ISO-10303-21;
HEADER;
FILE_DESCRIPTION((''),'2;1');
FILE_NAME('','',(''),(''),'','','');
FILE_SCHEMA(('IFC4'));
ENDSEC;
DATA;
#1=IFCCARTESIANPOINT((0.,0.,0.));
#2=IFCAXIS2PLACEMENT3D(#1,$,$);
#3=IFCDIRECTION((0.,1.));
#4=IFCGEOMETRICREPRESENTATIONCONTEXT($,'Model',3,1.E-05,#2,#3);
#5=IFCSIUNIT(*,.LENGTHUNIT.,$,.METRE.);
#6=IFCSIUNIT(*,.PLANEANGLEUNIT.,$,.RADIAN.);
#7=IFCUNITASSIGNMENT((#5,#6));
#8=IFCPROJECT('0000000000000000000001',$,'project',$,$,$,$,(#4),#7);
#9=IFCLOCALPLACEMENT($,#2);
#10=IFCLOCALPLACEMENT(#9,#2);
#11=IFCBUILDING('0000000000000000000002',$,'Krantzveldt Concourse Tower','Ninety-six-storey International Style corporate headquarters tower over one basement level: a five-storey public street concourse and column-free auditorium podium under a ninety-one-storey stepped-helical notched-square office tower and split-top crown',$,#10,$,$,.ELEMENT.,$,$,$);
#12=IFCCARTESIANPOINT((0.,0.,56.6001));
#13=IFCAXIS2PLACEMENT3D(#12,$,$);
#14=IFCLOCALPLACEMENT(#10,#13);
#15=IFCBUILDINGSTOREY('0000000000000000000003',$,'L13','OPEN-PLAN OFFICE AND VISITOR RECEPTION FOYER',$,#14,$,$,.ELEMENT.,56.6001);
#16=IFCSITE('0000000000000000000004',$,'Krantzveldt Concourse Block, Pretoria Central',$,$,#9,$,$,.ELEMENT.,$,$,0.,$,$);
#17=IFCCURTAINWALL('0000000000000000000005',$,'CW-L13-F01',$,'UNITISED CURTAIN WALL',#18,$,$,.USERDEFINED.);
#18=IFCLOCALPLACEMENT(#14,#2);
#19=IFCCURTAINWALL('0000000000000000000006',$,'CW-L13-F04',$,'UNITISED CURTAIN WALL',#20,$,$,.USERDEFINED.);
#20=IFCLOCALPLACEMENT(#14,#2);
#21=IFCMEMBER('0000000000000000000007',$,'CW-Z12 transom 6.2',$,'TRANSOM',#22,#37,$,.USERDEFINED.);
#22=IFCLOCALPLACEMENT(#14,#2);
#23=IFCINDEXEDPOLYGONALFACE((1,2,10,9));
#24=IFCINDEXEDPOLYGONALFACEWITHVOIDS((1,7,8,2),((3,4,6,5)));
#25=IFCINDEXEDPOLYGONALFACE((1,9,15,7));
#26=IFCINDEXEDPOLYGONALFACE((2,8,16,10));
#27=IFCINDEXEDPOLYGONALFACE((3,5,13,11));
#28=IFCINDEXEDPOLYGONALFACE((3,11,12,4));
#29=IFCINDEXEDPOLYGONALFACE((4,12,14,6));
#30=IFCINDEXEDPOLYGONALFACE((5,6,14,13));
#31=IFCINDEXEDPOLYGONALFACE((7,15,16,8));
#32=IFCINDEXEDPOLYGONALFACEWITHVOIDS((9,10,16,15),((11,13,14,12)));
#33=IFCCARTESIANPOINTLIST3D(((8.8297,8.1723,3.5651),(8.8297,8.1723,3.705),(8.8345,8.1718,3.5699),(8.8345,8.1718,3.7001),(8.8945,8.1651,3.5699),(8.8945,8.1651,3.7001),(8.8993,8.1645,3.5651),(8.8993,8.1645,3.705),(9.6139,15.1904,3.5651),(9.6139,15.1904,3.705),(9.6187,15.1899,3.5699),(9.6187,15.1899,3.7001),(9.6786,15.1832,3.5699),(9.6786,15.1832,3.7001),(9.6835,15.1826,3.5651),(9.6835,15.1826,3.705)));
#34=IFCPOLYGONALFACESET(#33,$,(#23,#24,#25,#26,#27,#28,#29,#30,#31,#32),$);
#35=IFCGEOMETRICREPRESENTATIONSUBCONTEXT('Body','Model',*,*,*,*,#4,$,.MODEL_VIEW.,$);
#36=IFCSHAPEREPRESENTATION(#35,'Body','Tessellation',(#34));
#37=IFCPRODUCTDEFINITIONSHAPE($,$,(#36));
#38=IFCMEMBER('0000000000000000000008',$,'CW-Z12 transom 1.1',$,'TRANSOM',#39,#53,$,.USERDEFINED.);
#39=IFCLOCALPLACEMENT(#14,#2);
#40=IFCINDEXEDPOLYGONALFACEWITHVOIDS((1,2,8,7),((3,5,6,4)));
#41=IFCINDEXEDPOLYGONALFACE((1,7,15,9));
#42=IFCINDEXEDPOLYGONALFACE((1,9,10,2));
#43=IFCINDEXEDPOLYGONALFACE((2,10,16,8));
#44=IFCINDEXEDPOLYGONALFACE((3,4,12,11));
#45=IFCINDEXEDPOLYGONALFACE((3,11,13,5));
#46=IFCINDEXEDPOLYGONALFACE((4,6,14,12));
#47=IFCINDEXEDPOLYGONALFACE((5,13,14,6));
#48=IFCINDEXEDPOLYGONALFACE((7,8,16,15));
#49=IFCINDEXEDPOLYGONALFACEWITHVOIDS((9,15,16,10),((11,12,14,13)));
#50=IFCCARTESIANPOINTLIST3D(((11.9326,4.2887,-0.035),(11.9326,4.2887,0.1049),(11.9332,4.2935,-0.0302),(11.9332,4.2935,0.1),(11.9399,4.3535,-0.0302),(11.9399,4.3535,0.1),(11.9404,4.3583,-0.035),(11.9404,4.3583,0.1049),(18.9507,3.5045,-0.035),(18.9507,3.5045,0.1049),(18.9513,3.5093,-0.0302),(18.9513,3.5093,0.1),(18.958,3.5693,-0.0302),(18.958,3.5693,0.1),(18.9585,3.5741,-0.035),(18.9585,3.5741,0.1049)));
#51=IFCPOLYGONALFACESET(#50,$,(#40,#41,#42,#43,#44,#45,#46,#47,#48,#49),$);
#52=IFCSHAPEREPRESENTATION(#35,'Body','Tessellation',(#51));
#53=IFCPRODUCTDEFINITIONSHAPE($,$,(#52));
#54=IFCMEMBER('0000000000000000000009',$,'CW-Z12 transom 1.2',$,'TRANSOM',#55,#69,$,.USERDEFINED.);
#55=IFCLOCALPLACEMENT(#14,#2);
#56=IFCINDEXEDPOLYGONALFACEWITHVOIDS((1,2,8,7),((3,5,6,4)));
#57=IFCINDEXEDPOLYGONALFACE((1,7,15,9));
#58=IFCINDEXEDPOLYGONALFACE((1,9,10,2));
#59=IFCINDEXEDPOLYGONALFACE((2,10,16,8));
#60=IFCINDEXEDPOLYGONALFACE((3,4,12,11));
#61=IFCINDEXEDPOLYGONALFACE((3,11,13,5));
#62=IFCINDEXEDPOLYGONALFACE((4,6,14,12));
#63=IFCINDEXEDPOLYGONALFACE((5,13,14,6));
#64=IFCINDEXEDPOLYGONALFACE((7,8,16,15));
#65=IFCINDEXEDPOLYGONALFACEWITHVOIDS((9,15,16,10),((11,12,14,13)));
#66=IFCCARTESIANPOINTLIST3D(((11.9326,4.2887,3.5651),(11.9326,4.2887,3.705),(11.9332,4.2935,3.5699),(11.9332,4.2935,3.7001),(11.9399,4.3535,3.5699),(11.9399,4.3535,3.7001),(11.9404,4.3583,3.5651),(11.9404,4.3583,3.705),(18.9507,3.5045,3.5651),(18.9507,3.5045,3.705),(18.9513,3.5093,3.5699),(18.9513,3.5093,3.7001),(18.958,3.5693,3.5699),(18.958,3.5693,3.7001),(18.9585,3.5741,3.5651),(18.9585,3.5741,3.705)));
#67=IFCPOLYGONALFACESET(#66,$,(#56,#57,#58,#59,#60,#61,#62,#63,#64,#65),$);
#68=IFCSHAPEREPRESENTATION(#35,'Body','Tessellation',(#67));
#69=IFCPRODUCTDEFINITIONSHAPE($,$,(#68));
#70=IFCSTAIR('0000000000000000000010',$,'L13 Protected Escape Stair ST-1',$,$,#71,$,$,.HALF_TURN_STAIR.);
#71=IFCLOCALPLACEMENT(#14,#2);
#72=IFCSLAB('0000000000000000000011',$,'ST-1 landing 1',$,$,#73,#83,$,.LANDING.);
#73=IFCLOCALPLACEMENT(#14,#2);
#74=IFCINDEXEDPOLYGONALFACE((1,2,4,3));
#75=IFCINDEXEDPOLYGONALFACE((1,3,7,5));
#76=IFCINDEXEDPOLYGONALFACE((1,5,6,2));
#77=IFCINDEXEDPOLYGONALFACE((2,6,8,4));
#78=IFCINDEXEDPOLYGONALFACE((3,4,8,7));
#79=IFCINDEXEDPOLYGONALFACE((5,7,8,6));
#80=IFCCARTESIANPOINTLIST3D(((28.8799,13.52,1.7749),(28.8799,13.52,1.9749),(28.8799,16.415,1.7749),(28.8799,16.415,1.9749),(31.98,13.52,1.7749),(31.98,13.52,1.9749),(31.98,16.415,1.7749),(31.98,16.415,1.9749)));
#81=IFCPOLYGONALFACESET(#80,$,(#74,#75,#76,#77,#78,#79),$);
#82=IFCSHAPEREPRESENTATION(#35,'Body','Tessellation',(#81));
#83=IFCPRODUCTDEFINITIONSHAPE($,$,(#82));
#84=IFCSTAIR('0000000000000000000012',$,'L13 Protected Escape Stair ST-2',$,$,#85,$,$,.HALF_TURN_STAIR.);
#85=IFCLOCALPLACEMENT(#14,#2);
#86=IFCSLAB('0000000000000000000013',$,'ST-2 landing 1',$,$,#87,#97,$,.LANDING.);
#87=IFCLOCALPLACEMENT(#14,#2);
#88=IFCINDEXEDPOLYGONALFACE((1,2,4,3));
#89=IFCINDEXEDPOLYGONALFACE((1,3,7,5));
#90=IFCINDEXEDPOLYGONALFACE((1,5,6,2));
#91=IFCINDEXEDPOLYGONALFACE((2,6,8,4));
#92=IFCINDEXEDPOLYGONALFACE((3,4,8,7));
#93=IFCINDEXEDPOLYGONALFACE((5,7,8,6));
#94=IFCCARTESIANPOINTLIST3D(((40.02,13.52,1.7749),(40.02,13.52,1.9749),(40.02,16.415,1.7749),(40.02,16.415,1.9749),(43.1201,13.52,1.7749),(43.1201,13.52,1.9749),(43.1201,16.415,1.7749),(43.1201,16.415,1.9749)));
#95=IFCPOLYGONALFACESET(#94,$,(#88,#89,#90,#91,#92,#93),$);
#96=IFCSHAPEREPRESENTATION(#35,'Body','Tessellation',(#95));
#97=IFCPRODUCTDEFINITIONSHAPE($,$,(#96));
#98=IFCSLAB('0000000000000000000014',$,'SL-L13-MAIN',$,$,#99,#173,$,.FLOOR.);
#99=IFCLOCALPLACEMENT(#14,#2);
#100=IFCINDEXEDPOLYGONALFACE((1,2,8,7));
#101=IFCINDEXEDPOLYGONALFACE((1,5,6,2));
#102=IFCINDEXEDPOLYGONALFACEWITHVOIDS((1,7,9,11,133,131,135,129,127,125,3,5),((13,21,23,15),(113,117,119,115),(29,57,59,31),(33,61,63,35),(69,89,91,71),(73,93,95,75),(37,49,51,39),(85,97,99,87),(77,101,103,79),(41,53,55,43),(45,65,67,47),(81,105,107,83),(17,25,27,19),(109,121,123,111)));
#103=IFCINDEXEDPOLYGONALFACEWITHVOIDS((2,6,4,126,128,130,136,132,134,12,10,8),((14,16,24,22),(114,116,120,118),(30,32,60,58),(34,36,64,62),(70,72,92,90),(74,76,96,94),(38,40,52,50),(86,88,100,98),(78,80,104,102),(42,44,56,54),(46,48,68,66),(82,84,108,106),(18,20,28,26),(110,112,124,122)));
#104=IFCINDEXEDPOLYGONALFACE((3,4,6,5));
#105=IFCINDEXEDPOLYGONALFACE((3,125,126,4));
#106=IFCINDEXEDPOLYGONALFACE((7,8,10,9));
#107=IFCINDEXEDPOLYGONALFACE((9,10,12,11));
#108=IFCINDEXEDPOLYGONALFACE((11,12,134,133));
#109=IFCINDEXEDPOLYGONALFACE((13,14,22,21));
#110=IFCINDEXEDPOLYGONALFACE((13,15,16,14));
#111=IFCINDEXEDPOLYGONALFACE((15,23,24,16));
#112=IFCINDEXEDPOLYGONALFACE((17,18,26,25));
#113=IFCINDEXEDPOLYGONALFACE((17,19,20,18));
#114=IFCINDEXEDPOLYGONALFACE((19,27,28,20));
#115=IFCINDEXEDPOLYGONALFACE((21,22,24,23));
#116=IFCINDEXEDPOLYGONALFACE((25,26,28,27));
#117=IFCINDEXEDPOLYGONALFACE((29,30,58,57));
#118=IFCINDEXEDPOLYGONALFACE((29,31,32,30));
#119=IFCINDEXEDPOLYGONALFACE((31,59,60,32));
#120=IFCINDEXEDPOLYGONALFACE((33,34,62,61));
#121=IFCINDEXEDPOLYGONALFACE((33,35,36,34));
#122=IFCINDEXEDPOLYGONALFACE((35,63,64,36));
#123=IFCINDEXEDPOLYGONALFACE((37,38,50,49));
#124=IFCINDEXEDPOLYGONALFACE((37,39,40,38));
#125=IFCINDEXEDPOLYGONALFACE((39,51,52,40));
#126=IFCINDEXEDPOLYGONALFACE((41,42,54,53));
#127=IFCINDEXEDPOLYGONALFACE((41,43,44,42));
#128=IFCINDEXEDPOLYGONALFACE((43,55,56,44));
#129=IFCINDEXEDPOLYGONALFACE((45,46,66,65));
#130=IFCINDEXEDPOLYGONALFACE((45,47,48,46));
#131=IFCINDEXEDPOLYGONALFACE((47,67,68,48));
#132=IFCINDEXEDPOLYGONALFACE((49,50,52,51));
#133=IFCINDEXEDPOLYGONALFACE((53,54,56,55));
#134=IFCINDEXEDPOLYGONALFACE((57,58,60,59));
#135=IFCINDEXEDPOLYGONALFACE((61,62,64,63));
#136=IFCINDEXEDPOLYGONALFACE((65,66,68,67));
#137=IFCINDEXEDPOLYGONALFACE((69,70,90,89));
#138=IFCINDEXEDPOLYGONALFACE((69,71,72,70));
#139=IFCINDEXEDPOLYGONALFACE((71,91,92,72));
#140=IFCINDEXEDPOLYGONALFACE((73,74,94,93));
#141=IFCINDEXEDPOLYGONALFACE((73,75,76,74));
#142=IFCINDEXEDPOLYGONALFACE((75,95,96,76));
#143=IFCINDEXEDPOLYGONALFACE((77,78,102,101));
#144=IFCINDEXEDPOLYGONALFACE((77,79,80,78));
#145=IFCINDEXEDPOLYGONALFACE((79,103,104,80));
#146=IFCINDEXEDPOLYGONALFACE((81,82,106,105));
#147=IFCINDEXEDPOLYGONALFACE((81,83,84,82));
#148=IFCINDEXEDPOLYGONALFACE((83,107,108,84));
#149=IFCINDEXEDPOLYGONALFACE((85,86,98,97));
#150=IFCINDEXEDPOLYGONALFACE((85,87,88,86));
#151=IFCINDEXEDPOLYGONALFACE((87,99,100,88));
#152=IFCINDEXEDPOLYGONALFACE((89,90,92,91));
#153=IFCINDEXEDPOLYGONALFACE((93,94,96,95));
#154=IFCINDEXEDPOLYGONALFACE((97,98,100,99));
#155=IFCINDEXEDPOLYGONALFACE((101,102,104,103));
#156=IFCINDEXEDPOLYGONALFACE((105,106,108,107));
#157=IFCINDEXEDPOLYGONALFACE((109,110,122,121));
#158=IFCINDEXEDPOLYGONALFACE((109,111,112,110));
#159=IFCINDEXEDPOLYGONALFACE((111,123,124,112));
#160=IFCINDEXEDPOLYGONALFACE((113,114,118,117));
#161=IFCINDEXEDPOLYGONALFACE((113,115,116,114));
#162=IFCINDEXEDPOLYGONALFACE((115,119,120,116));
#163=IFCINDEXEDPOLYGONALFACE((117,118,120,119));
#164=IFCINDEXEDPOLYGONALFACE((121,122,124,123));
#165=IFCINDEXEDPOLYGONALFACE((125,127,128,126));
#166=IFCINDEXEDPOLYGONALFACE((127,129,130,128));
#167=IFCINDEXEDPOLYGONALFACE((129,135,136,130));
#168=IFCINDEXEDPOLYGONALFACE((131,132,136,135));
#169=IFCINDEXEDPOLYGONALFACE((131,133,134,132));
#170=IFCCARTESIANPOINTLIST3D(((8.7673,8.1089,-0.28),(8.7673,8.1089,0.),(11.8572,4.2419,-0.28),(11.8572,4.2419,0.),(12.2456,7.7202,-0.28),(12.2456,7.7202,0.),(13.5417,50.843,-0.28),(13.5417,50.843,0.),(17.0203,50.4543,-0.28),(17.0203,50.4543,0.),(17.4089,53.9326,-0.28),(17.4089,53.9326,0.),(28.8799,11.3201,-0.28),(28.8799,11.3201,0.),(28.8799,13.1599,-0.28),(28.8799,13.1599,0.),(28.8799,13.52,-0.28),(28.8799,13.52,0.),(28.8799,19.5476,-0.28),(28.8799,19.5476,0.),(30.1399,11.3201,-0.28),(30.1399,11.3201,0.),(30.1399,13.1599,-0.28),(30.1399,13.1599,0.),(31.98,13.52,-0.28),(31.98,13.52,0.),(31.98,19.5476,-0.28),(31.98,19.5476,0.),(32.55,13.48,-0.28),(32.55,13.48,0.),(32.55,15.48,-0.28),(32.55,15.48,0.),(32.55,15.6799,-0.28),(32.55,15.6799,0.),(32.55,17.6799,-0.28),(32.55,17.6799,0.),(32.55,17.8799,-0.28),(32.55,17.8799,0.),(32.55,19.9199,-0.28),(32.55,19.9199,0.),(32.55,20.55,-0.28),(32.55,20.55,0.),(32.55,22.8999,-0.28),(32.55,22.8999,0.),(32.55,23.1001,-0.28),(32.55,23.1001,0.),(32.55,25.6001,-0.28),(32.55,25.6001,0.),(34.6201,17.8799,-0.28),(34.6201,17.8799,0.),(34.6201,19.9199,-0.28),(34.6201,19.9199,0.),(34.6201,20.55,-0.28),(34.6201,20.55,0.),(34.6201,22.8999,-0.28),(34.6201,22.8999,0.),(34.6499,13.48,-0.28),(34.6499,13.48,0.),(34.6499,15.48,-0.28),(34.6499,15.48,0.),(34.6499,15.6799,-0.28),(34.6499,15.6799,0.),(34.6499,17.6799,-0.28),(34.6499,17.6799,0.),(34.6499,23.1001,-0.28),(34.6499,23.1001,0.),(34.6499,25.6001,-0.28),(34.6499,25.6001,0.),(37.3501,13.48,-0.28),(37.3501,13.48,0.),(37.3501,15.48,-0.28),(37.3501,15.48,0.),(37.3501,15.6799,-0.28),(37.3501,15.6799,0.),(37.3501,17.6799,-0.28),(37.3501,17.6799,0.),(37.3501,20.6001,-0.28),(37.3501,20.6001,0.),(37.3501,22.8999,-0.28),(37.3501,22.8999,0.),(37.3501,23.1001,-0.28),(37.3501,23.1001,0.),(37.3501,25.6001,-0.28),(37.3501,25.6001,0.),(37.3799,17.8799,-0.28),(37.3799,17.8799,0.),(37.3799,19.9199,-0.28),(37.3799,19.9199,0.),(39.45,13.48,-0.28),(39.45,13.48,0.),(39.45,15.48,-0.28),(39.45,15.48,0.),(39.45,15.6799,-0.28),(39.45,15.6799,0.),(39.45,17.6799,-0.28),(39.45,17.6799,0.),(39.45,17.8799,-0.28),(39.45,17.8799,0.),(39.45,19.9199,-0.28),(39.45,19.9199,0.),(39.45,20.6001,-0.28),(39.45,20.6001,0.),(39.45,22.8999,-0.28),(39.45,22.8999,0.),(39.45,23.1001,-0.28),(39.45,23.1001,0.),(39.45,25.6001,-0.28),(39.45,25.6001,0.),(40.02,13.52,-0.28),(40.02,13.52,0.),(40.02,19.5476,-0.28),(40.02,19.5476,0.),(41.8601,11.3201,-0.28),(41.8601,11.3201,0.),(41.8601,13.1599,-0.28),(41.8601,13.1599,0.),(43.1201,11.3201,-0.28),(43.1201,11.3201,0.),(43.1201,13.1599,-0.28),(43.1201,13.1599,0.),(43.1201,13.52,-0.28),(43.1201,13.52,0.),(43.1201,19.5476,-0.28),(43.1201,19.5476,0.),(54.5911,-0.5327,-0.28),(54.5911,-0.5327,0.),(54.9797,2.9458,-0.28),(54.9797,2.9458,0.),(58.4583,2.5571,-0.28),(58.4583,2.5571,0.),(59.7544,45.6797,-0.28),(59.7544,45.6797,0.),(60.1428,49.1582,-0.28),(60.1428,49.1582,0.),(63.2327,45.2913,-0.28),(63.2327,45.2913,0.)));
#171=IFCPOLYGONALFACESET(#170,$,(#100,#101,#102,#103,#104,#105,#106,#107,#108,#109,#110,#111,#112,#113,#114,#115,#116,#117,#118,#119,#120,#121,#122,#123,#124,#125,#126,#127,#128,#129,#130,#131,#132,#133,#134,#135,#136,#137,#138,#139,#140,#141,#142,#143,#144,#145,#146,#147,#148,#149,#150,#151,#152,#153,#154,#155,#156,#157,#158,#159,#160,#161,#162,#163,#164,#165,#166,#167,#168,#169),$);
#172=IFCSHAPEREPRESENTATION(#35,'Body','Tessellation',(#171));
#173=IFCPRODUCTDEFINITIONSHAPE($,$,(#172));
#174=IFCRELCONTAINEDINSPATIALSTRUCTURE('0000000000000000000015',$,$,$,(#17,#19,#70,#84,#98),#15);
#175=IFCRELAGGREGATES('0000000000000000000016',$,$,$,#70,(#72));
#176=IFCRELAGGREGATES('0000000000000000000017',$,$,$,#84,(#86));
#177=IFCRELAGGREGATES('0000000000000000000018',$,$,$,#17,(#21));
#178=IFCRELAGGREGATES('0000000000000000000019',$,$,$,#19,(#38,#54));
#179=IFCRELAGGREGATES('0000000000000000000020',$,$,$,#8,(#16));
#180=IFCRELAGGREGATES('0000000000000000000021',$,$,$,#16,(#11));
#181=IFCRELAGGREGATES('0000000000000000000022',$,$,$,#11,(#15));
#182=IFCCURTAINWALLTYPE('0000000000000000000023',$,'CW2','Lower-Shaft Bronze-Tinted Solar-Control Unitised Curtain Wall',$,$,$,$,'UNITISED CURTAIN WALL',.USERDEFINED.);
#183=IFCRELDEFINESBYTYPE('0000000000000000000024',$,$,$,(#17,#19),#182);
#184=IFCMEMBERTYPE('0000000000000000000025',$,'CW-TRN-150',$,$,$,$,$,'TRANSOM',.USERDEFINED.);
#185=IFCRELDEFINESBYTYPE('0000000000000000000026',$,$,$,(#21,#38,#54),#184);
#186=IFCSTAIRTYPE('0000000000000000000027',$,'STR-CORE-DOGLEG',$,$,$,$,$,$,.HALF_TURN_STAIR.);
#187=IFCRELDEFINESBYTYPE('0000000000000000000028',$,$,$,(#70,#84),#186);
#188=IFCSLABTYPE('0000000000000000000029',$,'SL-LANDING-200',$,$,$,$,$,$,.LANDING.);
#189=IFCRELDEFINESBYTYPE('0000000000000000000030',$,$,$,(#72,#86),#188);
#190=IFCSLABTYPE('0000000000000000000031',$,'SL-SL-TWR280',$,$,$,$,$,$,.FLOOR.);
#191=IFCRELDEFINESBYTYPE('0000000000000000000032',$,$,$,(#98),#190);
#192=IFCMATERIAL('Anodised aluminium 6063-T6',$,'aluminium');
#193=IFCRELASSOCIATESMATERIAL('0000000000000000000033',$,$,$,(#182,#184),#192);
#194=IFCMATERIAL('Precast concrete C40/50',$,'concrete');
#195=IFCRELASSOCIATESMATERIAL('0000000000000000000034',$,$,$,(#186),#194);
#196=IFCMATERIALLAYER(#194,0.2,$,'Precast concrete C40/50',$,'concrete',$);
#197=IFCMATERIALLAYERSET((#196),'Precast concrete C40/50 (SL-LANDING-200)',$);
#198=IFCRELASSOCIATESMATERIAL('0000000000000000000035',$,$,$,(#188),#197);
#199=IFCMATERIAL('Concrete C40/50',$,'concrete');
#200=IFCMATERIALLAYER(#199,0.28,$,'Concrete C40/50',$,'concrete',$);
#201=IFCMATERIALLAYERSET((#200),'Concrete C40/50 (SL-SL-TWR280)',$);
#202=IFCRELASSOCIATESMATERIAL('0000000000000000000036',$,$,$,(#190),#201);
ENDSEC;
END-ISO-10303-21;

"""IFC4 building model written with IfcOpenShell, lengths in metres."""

from ifc_helpers import new_model, si_unit, direction, frame, origin, origin_2d, place, context, subcontext, project, spatial, polyline, hollow_rectangle, outline, extrude, source, transform, mapped, material, layer, layer_set, material_profile, profile_set, type_object, element, aggregate, save


model = new_model("IFC4")

# Units and contexts
model_context = context("Model", 3, precision=1e-05, world=origin(), true_north=direction((0.0, 1.0)))
body_context = subcontext(model_context, "Body", "Model", "MODEL_VIEW")
ifc_project = project(units=[si_unit("LENGTHUNIT", "METRE"), si_unit("PLANEANGLEUNIT", "RADIAN")], contexts=[model_context])

# Site, building, storey
site_placement = place(None, origin())
site = spatial("IfcSite", under=ifc_project, at=site_placement, Name="Krantzveldt Concourse Block, Pretoria Central", CompositionType="ELEMENT", RefElevation=0.0)
building_placement = place(site_placement, origin())
building = spatial("IfcBuilding", under=site, at=building_placement, Name="Krantzveldt Concourse Tower", Description="Ninety-six-storey International Style corporate headquarters tower over one basement level: a five-storey public street concourse and column-free auditorium podium under a ninety-one-storey stepped-helical notched-square office tower and split-top crown", CompositionType="ELEMENT")
storey_placement = place(building_placement, frame((0.0, 0.0, 56.6001)))
storey = spatial("IfcBuildingStorey", under=building, at=storey_placement, Name="L13", Description="OPEN-PLAN OFFICE AND VISITOR RECEPTION FOYER", CompositionType="ELEMENT", Elevation=56.6001)

# Curtain walls
ifc_material_1 = material(Name="Anodised aluminium 6063-T6", Category="aluminium")
curtain_wall_type = type_object("IfcCurtainWallType", Name="CW2", Description="Lower-Shaft Bronze-Tinted Solar-Control Unitised Curtain Wall", ElementType="UNITISED CURTAIN WALL", PredefinedType="USERDEFINED", material=ifc_material_1)
curtain_wall_1_placement = place(storey_placement, origin())
curtain_wall_1 = element("IfcCurtainWall", 1, at=curtain_wall_1_placement, inside=storey, type_object=curtain_wall_type, Name="CW-L13-F01", ObjectType="UNITISED CURTAIN WALL", PredefinedType="USERDEFINED")
curtain_wall_2_placement = place(storey_placement, origin())
curtain_wall_2 = element("IfcCurtainWall", 2, at=curtain_wall_2_placement, inside=storey, type_object=curtain_wall_type, Name="CW-L13-F04", ObjectType="UNITISED CURTAIN WALL", PredefinedType="USERDEFINED")
ifc_material_profile_1 = material_profile(ifc_material_1, hollow_rectangle(XDim=0.0701, YDim=0.1399, WallThickness=0.0049, at=origin_2d()), Name="Anodised aluminium 6063-T6", Category="aluminium")
ifc_profile_set_1 = profile_set([ifc_material_profile_1], Name="Anodised aluminium 6063-T6 - ALU-TRAN 140x70x5")
member_type_1 = type_object("IfcMemberType", Name="CW-TRN-150", ElementType="TRANSOM", PredefinedType="USERDEFINED", material=ifc_profile_set_1)

# Members
shared_shape_1 = source(origin(), body_context, "Body", "SweptSolid", [
    extrude(hollow_rectangle(XDim=0.0701, YDim=0.1399, WallThickness=0.0049, at=origin_2d()), origin(), (0.0, 0.0, 1.0), 7.0618),
])
member_1_placement = place(storey_placement, frame((9.6487, 15.1865, 3.635), z_axis=(-0.111046, -0.993815, 0.0), x_axis=(0.993815, -0.111046, 0.0)))
member_1 = element("IfcMember", 3, at=member_1_placement, type_object=member_type_1, Name="CW-Z12 transom 6.2", ObjectType="TRANSOM", PredefinedType="USERDEFINED", context=body_context, shape_type="MappedRepresentation", body=[
    mapped(shared_shape_1, transform((0.0, 0.0, 0.0), x_axis=(1.0, 0.0, 0.0), y_axis=(0.0, 1.0, 0.0), z_axis=(0.0, 0.0, 1.0), scale=1.0)),
])
member_2_placement = place(storey_placement, frame((11.9365, 4.3235, 0.0349), z_axis=(0.993815, -0.111046, 0.0), x_axis=(0.111046, 0.993815, 0.0)))
member_2 = element("IfcMember", 4, at=member_2_placement, type_object=member_type_1, Name="CW-Z12 transom 1.1", ObjectType="TRANSOM", PredefinedType="USERDEFINED", context=body_context, shape_type="MappedRepresentation", body=[
    mapped(shared_shape_1, transform((0.0, 0.0, 0.0), x_axis=(1.0, 0.0, 0.0), y_axis=(0.0, 1.0, 0.0), z_axis=(0.0, 0.0, 1.0), scale=1.0)),
])
member_3_placement = place(storey_placement, frame((11.9365, 4.3235, 3.635), z_axis=(0.993815, -0.111046, 0.0), x_axis=(0.111046, 0.993815, 0.0)))
member_3 = element("IfcMember", 5, at=member_3_placement, type_object=member_type_1, Name="CW-Z12 transom 1.2", ObjectType="TRANSOM", PredefinedType="USERDEFINED", context=body_context, shape_type="MappedRepresentation", body=[
    mapped(shared_shape_1, transform((0.0, 0.0, 0.0), x_axis=(1.0, 0.0, 0.0), y_axis=(0.0, 1.0, 0.0), z_axis=(0.0, 0.0, 1.0), scale=1.0)),
])

# Stairs, slabs
ifc_material_2 = material(Name="Precast concrete C40/50", Category="concrete")
stair_type = type_object("IfcStairType", Name="STR-CORE-DOGLEG", PredefinedType="HALF_TURN_STAIR", material=ifc_material_2)
stair_1_placement = place(storey_placement, origin())
stair_1 = element("IfcStair", 6, at=stair_1_placement, inside=storey, type_object=stair_type, Name="L13 Protected Escape Stair ST-1", PredefinedType="HALF_TURN_STAIR")
ifc_layer_1 = layer(ifc_material_2, 0.2, Name="Precast concrete C40/50", Category="concrete")
ifc_layer_set_1 = layer_set([ifc_layer_1], Name="Precast concrete C40/50 (SL-LANDING-200)")
slab_type_1 = type_object("IfcSlabType", Name="SL-LANDING-200", PredefinedType="LANDING", material=ifc_layer_set_1)
slab_1_placement = place(storey_placement, frame((0.0, 0.0, 1.7749)))
slab_1 = element("IfcSlab", 7, at=slab_1_placement, type_object=slab_type_1, Name="ST-1 landing 1", PredefinedType="LANDING", context=body_context, shape_type="SweptSolid", body=[
    extrude(outline(polyline([(28.8799, 16.415), (28.8799, 13.52), (31.98, 13.52), (31.98, 16.415), (28.8799, 16.415)])), origin(), (0.0, 0.0, 1.0), 0.2),
])
aggregate(stair_1, [slab_1])
stair_2_placement = place(storey_placement, origin())
stair_2 = element("IfcStair", 8, at=stair_2_placement, inside=storey, type_object=stair_type, Name="L13 Protected Escape Stair ST-2", PredefinedType="HALF_TURN_STAIR")
slab_2_placement = place(storey_placement, frame((0.0, 0.0, 1.7749)))
slab_2 = element("IfcSlab", 9, at=slab_2_placement, type_object=slab_type_1, Name="ST-2 landing 1", PredefinedType="LANDING", context=body_context, shape_type="SweptSolid", body=[
    extrude(outline(polyline([(40.02, 16.415), (40.02, 13.52), (43.1201, 13.52), (43.1201, 16.415), (40.02, 16.415)])), origin(), (0.0, 0.0, 1.0), 0.2),
])
aggregate(stair_2, [slab_2])

# Slab
ifc_material_3 = material(Name="Concrete C40/50", Category="concrete")
ifc_layer_2 = layer(ifc_material_3, 0.28, Name="Concrete C40/50", Category="concrete")
ifc_layer_set_2 = layer_set([ifc_layer_2], Name="Concrete C40/50 (SL-SL-TWR280)")
slab_type_2 = type_object("IfcSlabType", Name="SL-SL-TWR280", PredefinedType="FLOOR", material=ifc_layer_set_2)
slab_3_placement = place(storey_placement, frame((0.0, 0.0, -0.28)))
element("IfcSlab", 10, at=slab_3_placement, inside=storey, type_object=slab_type_2, Name="SL-L13-MAIN", PredefinedType="FLOOR", context=body_context, shape_type="SweptSolid", body=[
    extrude(outline(polyline([(17.0203, 50.4543), (13.5417, 50.843), (8.7673, 8.1089), (12.2456, 7.7202), (11.8572, 4.2419), (54.5911, -0.5327), (54.9797, 2.9458), (58.4583, 2.5571), (63.2327, 45.2913), (59.7544, 45.6797), (60.1428, 49.1582), (17.4089, 53.9326), (17.0203, 50.4543)]), holes=[polyline([(28.8799, 19.5476), (28.8799, 13.52), (31.98, 13.52), (31.98, 19.5476), (28.8799, 19.5476)]), polyline([(40.02, 19.5476), (40.02, 13.52), (43.1201, 13.52), (43.1201, 19.5476), (40.02, 19.5476)]), polyline([(32.55, 23.1001), (34.6499, 23.1001), (34.6499, 25.6001), (32.55, 25.6001), (32.55, 23.1001)]), polyline([(37.3501, 23.1001), (39.45, 23.1001), (39.45, 25.6001), (37.3501, 25.6001), (37.3501, 23.1001)]), polyline([(37.3501, 20.6001), (39.45, 20.6001), (39.45, 22.8999), (37.3501, 22.8999), (37.3501, 20.6001)]), polyline([(32.55, 13.48), (34.6499, 13.48), (34.6499, 15.48), (32.55, 15.48), (32.55, 13.48)]), polyline([(32.55, 15.6799), (34.6499, 15.6799), (34.6499, 17.6799), (32.55, 17.6799), (32.55, 15.6799)]), polyline([(37.3501, 13.48), (39.45, 13.48), (39.45, 15.48), (37.3501, 15.48), (37.3501, 13.48)]), polyline([(37.3501, 15.6799), (39.45, 15.6799), (39.45, 17.6799), (37.3501, 17.6799), (37.3501, 15.6799)]), polyline([(32.55, 20.55), (34.6201, 20.55), (34.6201, 22.8999), (32.55, 22.8999), (32.55, 20.55)]), polyline([(32.55, 17.8799), (34.6201, 17.8799), (34.6201, 19.9199), (32.55, 19.9199), (32.55, 17.8799)]), polyline([(37.3799, 17.8799), (39.45, 17.8799), (39.45, 19.9199), (37.3799, 19.9199), (37.3799, 17.8799)]), polyline([(28.8799, 11.3201), (30.1399, 11.3201), (30.1399, 13.1599), (28.8799, 13.1599), (28.8799, 11.3201)]), polyline([(41.8601, 11.3201), (43.1201, 11.3201), (43.1201, 13.1599), (41.8601, 13.1599), (41.8601, 11.3201)])]), origin(), (0.0, 0.0, 1.0), 0.28),
])

aggregate(curtain_wall_1, [member_1])
aggregate(curtain_wall_2, [member_2, member_3])

save(model, "model.ifc")
